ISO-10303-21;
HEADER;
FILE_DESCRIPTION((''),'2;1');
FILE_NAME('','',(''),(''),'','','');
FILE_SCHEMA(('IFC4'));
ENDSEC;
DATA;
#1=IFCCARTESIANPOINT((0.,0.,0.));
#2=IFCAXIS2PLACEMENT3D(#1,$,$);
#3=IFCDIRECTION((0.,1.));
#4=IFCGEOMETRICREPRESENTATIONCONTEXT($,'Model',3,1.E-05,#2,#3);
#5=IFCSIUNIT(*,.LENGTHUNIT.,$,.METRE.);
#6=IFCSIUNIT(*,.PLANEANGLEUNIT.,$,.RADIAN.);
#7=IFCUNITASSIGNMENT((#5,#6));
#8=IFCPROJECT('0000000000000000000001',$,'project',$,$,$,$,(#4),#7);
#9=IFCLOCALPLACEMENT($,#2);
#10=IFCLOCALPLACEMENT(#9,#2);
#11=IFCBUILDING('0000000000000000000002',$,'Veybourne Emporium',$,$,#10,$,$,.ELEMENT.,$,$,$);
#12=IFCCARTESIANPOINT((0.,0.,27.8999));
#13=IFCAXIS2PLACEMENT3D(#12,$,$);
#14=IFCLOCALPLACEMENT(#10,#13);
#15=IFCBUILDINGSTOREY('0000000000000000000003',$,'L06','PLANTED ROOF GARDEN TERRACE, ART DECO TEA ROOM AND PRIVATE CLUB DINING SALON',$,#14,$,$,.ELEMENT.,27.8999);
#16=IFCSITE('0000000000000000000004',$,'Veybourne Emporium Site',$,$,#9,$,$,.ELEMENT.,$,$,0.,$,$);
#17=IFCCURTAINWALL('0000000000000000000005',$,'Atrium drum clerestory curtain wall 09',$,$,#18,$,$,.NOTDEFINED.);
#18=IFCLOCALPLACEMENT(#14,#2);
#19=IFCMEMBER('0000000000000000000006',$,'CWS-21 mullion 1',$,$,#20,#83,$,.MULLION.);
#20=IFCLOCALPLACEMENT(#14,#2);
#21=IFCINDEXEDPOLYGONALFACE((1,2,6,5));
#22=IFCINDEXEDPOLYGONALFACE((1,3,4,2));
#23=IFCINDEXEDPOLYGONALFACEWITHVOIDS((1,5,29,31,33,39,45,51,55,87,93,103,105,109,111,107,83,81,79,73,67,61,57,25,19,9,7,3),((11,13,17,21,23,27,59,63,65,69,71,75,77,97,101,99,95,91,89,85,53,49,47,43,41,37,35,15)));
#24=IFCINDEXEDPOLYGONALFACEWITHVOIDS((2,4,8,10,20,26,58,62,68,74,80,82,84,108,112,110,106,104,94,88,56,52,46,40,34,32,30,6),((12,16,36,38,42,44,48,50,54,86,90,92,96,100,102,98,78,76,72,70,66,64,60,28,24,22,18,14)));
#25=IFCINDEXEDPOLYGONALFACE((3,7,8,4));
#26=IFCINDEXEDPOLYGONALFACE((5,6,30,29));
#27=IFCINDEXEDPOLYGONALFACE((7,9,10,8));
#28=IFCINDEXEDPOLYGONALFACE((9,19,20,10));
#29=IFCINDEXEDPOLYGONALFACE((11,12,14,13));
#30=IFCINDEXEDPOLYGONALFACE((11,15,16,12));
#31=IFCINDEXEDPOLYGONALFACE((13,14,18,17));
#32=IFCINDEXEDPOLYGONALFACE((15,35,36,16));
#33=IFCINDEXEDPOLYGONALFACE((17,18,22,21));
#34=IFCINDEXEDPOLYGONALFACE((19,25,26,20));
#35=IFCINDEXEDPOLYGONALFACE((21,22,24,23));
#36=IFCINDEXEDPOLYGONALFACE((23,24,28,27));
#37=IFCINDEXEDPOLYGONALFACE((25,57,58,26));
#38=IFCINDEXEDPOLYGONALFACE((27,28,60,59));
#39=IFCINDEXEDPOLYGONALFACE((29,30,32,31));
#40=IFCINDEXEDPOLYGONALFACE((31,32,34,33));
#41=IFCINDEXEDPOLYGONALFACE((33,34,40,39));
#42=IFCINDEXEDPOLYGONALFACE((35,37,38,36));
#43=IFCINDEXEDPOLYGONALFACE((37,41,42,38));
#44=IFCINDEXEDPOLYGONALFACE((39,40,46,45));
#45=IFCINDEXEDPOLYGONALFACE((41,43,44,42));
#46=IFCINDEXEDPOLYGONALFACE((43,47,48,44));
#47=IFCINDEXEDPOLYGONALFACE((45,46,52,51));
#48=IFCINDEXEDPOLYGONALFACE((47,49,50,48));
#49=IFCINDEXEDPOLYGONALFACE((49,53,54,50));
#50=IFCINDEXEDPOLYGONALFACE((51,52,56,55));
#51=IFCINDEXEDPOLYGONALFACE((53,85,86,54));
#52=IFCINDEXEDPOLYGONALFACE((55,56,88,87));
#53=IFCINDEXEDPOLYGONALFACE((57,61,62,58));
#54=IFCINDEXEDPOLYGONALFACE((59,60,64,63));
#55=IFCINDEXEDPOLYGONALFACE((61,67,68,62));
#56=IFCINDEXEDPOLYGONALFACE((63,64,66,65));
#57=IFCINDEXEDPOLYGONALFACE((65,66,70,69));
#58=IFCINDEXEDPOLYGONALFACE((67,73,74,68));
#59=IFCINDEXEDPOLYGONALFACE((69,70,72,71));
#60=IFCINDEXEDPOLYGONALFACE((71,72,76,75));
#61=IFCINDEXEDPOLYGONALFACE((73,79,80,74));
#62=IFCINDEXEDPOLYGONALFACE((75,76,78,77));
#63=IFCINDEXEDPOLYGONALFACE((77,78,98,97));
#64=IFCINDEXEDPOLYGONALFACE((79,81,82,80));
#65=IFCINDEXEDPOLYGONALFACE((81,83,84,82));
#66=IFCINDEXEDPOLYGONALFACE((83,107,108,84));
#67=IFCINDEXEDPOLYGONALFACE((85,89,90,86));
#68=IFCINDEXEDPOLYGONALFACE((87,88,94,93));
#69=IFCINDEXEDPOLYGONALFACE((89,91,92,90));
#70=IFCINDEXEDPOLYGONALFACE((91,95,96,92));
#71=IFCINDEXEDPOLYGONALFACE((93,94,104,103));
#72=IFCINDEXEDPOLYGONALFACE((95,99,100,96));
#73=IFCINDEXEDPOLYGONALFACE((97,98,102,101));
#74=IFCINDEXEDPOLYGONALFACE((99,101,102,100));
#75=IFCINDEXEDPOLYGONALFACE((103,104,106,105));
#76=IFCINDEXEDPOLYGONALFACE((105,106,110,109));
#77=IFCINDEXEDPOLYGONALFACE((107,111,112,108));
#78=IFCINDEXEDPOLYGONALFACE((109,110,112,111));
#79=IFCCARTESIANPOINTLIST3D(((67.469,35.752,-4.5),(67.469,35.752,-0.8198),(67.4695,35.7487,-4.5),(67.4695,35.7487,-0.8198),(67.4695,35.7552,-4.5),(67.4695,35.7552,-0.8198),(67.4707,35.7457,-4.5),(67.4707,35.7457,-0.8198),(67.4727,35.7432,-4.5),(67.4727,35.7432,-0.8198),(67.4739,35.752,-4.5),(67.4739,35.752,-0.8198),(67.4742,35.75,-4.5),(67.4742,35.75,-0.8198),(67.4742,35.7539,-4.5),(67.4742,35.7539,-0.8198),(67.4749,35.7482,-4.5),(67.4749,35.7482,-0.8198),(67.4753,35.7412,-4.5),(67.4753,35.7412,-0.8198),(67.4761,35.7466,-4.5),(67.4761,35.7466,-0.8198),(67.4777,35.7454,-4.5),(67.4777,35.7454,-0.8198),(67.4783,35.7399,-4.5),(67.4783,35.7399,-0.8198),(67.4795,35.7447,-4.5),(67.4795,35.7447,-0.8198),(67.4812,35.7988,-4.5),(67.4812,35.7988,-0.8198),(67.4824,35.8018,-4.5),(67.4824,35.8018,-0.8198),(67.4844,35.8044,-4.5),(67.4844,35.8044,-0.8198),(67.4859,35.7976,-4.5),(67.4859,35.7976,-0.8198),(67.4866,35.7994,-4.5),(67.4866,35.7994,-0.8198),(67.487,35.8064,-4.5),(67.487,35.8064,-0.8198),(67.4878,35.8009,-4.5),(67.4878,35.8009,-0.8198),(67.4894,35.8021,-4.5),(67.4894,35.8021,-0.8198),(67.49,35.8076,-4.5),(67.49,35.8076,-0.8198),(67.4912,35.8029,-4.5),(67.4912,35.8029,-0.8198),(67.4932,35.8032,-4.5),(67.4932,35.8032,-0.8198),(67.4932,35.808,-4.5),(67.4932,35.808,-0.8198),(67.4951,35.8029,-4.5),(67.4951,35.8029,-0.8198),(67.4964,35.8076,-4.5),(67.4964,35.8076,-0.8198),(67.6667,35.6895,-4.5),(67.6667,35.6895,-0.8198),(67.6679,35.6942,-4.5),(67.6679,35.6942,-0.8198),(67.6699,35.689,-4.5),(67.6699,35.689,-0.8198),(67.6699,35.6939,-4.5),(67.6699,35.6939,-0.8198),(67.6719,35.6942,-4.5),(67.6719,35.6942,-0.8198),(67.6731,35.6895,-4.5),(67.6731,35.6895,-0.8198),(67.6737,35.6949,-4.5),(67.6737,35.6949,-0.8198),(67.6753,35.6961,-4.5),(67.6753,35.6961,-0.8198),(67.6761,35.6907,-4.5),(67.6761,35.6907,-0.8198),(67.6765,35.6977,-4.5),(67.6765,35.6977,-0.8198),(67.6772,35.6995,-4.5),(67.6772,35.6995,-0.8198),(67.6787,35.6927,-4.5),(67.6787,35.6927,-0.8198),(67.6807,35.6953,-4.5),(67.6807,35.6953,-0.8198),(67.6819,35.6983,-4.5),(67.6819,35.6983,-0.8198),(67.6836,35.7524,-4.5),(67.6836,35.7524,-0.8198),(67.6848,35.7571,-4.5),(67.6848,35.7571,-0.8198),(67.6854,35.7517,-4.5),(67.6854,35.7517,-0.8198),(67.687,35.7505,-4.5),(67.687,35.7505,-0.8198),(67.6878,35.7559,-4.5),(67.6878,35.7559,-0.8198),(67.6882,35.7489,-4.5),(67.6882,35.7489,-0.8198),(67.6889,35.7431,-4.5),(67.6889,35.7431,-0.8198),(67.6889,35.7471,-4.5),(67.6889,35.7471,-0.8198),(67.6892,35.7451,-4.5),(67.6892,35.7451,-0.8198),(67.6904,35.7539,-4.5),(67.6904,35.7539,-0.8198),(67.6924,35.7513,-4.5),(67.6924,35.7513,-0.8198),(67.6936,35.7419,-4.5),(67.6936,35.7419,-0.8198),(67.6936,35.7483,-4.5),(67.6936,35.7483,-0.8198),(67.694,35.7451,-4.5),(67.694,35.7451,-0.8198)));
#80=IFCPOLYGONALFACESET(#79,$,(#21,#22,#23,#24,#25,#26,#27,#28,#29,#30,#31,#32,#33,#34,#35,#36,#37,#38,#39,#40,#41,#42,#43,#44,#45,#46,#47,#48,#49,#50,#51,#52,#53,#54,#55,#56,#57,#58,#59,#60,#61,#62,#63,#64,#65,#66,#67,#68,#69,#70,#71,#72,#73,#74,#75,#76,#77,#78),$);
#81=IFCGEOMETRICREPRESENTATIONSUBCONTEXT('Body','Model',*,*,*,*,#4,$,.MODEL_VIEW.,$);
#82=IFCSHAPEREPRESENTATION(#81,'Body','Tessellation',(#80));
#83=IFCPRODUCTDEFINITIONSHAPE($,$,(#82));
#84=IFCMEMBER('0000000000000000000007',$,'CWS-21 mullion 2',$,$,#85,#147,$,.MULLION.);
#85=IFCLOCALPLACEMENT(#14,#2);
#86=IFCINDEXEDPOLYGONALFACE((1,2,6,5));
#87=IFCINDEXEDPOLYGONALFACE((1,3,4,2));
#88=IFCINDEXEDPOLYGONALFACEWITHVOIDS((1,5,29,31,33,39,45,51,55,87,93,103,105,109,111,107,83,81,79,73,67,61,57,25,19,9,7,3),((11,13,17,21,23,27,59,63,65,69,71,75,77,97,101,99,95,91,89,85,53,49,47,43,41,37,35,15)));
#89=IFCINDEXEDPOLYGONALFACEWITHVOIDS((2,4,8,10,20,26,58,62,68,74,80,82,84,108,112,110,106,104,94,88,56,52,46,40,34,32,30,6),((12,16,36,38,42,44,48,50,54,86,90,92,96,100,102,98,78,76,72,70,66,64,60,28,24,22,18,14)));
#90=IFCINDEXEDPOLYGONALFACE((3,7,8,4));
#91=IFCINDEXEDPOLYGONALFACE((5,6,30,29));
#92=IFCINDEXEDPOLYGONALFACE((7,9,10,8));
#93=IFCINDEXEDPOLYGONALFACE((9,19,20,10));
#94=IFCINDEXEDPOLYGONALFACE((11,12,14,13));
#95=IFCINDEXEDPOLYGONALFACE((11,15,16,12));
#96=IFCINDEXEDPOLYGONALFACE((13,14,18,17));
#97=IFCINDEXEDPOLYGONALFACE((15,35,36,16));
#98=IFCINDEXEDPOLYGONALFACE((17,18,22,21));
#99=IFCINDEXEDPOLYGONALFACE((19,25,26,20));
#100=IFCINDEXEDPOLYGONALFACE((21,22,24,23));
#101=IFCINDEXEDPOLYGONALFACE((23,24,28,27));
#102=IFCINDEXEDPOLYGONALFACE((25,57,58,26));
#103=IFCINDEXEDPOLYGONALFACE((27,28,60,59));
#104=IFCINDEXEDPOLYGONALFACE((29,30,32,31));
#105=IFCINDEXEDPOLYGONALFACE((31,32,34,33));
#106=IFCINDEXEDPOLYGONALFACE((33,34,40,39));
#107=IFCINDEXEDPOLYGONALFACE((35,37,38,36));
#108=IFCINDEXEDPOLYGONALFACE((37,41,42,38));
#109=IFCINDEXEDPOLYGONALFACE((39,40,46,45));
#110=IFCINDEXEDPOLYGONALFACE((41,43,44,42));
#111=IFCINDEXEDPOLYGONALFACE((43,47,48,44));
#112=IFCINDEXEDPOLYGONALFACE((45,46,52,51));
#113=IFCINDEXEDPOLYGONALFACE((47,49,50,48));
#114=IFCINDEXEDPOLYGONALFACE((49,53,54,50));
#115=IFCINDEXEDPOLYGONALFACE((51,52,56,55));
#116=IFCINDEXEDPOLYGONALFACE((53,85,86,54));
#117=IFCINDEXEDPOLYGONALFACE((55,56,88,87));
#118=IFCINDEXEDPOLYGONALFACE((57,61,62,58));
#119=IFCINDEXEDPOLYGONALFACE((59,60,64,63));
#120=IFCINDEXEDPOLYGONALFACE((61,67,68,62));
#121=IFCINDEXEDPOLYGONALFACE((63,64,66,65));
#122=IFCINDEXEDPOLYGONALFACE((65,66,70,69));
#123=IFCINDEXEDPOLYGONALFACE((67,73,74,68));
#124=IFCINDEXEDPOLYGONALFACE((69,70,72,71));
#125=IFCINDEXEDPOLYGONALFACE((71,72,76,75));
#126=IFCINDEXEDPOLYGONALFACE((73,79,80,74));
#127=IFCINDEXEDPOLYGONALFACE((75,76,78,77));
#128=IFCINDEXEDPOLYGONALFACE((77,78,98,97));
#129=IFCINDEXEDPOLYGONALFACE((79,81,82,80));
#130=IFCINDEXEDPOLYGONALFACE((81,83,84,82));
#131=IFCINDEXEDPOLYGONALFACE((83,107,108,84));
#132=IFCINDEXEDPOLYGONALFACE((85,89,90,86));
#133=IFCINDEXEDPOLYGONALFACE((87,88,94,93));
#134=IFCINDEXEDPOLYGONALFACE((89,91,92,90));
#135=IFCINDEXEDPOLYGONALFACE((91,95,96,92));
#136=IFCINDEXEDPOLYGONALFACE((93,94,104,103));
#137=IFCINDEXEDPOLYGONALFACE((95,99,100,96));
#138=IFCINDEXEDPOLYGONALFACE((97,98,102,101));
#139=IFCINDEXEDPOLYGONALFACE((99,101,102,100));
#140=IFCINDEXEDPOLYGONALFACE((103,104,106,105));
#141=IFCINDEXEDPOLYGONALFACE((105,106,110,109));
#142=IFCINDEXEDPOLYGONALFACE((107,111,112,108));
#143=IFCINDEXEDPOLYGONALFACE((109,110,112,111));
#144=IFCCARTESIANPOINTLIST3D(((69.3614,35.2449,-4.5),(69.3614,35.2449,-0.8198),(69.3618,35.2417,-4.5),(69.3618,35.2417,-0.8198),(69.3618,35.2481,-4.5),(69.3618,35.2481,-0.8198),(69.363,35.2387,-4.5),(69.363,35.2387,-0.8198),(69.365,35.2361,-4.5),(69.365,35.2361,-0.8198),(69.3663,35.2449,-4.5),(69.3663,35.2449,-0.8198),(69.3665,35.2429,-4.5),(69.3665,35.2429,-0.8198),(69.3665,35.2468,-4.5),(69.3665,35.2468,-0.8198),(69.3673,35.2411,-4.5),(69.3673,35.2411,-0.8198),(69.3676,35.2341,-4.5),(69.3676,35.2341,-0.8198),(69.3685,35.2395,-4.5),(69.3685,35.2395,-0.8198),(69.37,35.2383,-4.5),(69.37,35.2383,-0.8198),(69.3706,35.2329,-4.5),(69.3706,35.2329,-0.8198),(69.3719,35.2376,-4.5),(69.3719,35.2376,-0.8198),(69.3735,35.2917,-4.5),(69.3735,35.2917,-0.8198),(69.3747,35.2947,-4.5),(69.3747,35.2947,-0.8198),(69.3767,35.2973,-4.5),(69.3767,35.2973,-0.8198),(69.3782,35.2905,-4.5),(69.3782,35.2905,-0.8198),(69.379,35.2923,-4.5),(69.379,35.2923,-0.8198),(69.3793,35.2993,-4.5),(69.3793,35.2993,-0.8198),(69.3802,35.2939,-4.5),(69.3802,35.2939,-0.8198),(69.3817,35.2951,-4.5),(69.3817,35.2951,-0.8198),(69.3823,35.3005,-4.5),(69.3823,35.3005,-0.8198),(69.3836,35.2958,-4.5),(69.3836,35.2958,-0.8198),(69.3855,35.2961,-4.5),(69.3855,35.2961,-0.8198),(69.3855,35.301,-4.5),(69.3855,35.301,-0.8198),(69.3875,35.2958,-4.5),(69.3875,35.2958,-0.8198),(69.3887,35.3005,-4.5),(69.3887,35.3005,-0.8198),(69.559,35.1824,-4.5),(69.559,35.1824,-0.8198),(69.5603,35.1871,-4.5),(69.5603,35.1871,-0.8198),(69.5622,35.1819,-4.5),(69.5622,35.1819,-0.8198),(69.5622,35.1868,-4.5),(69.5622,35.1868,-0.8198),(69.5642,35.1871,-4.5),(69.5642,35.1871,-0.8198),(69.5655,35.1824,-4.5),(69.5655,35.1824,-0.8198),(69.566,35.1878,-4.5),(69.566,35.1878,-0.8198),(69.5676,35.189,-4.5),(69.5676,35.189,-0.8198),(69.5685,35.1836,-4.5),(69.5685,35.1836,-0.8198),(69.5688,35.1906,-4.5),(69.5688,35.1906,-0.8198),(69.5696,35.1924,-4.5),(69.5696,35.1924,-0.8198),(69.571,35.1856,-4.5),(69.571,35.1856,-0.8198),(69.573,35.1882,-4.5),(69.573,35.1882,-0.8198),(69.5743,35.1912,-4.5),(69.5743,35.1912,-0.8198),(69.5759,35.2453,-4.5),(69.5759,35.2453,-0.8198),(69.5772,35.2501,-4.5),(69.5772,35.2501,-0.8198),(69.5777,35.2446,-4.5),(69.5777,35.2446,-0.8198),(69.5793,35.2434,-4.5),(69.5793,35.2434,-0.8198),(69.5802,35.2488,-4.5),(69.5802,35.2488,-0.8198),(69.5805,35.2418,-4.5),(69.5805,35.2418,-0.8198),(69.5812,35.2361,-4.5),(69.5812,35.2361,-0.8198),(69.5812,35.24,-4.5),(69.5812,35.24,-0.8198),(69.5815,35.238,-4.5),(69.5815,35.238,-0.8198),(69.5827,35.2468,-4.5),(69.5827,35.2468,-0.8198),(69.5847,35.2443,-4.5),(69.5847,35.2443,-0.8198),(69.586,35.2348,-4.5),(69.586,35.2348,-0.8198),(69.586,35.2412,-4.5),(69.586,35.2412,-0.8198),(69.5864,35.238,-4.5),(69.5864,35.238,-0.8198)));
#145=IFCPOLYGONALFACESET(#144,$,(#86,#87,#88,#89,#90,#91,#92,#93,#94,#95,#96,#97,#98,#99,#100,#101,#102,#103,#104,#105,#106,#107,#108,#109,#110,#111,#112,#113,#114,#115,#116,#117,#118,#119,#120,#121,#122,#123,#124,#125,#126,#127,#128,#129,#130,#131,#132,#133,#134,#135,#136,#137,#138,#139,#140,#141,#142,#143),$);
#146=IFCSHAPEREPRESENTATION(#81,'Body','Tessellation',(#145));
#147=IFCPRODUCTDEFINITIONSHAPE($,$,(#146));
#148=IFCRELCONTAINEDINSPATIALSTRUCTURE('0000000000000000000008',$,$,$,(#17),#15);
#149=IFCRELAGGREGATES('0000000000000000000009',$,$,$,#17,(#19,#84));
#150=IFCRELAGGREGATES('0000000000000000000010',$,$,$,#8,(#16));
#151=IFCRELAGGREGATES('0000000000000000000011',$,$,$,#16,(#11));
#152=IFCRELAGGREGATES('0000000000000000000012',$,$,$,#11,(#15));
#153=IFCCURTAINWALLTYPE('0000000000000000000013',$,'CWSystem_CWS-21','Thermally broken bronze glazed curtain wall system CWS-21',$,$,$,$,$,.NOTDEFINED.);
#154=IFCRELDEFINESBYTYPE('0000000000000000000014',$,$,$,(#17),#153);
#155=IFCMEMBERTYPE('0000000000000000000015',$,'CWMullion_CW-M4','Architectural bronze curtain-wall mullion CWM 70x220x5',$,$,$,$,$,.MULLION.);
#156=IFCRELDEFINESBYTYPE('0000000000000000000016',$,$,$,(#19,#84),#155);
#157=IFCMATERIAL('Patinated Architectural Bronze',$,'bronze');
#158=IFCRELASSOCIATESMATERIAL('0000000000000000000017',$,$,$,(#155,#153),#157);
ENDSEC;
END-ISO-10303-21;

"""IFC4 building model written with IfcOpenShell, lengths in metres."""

from ifc_helpers import new_model, si_unit, direction, frame, origin, origin_2d, place, context, subcontext, project, spatial, hollow_rectangle, extrude, material, material_profile, profile_set, type_object, element, aggregate, save


model = new_model("IFC4")

# Units and contexts
model_context = context("Model", 3, precision=1e-05, world=origin(), true_north=direction((0.0, 1.0)))
body_context = subcontext(model_context, "Body", "Model", "MODEL_VIEW")
ifc_project = project(units=[si_unit("LENGTHUNIT", "METRE"), si_unit("PLANEANGLEUNIT", "RADIAN")], contexts=[model_context])

# Site, building, storey
site_placement = place(None, origin())
site = spatial("IfcSite", under=ifc_project, at=site_placement, Name="Veybourne Emporium Site", CompositionType="ELEMENT", RefElevation=0.0)
building_placement = place(site_placement, origin())
building = spatial("IfcBuilding", under=site, at=building_placement, Name="Veybourne Emporium", CompositionType="ELEMENT")
storey_placement = place(building_placement, frame((0.0, 0.0, 27.8999)))
storey = spatial("IfcBuildingStorey", under=building, at=storey_placement, Name="L06", Description="PLANTED ROOF GARDEN TERRACE, ART DECO TEA ROOM AND PRIVATE CLUB DINING SALON", CompositionType="ELEMENT", Elevation=27.8999)

# Curtain wall, members
ifc_material_1 = material(Name="Patinated Architectural Bronze", Category="bronze")
ifc_material_profile_1 = material_profile(ifc_material_1, hollow_rectangle(XDim=0.0701, YDim=0.22, WallThickness=0.0049, InnerFilletRadius=0.0076, OuterFilletRadius=0.0125, at=origin_2d()), Name="CWM 70x220x5")
ifc_profile_set_1 = profile_set([ifc_material_profile_1], Name="Patinated Architectural Bronze")
member_type_1 = type_object("IfcMemberType", Name="CWMullion_CW-M4", Description="Architectural bronze curtain-wall mullion CWM 70x220x5", PredefinedType="MULLION", material=ifc_profile_set_1)
curtain_wall_type_1 = type_object("IfcCurtainWallType", Name="CWSystem_CWS-21", Description="Thermally broken bronze glazed curtain wall system CWS-21", PredefinedType="NOTDEFINED", material=ifc_material_1)
curtain_wall_1_placement = place(storey_placement, origin())
curtain_wall_1 = element("IfcCurtainWall", 1, at=curtain_wall_1_placement, inside=storey, type_object=curtain_wall_type_1, Name="Atrium drum clerestory curtain wall 09", PredefinedType="NOTDEFINED")
member_1_placement = place(storey_placement, frame((67.5815, 35.7485, -4.5), z_axis=(0.0, 0.0, 1.0), x_axis=(0.25882, 0.965926, 0.0)))
member_1 = element("IfcMember", 2, at=member_1_placement, type_object=member_type_1, Name="CWS-21 mullion 1", PredefinedType="MULLION", context=body_context, shape_type="SweptSolid", body=[
    extrude(hollow_rectangle(XDim=0.0701, YDim=0.22, WallThickness=0.0049, InnerFilletRadius=0.0076, OuterFilletRadius=0.0125, at=origin_2d()), origin(), (0.0, 0.0, 1.0), 3.6802),
])
member_2_placement = place(storey_placement, frame((69.4739, 35.2415, -4.5), z_axis=(0.0, 0.0, 1.0), x_axis=(0.25882, 0.965926, 0.0)))
member_2 = element("IfcMember", 3, at=member_2_placement, type_object=member_type_1, Name="CWS-21 mullion 2", PredefinedType="MULLION", context=body_context, shape_type="SweptSolid", body=[
    extrude(hollow_rectangle(XDim=0.0701, YDim=0.22, WallThickness=0.0049, InnerFilletRadius=0.0076, OuterFilletRadius=0.0125, at=origin_2d()), origin(), (0.0, 0.0, 1.0), 3.6802),
])

aggregate(curtain_wall_1, [member_1, member_2])

save(model, "model.ifc")
